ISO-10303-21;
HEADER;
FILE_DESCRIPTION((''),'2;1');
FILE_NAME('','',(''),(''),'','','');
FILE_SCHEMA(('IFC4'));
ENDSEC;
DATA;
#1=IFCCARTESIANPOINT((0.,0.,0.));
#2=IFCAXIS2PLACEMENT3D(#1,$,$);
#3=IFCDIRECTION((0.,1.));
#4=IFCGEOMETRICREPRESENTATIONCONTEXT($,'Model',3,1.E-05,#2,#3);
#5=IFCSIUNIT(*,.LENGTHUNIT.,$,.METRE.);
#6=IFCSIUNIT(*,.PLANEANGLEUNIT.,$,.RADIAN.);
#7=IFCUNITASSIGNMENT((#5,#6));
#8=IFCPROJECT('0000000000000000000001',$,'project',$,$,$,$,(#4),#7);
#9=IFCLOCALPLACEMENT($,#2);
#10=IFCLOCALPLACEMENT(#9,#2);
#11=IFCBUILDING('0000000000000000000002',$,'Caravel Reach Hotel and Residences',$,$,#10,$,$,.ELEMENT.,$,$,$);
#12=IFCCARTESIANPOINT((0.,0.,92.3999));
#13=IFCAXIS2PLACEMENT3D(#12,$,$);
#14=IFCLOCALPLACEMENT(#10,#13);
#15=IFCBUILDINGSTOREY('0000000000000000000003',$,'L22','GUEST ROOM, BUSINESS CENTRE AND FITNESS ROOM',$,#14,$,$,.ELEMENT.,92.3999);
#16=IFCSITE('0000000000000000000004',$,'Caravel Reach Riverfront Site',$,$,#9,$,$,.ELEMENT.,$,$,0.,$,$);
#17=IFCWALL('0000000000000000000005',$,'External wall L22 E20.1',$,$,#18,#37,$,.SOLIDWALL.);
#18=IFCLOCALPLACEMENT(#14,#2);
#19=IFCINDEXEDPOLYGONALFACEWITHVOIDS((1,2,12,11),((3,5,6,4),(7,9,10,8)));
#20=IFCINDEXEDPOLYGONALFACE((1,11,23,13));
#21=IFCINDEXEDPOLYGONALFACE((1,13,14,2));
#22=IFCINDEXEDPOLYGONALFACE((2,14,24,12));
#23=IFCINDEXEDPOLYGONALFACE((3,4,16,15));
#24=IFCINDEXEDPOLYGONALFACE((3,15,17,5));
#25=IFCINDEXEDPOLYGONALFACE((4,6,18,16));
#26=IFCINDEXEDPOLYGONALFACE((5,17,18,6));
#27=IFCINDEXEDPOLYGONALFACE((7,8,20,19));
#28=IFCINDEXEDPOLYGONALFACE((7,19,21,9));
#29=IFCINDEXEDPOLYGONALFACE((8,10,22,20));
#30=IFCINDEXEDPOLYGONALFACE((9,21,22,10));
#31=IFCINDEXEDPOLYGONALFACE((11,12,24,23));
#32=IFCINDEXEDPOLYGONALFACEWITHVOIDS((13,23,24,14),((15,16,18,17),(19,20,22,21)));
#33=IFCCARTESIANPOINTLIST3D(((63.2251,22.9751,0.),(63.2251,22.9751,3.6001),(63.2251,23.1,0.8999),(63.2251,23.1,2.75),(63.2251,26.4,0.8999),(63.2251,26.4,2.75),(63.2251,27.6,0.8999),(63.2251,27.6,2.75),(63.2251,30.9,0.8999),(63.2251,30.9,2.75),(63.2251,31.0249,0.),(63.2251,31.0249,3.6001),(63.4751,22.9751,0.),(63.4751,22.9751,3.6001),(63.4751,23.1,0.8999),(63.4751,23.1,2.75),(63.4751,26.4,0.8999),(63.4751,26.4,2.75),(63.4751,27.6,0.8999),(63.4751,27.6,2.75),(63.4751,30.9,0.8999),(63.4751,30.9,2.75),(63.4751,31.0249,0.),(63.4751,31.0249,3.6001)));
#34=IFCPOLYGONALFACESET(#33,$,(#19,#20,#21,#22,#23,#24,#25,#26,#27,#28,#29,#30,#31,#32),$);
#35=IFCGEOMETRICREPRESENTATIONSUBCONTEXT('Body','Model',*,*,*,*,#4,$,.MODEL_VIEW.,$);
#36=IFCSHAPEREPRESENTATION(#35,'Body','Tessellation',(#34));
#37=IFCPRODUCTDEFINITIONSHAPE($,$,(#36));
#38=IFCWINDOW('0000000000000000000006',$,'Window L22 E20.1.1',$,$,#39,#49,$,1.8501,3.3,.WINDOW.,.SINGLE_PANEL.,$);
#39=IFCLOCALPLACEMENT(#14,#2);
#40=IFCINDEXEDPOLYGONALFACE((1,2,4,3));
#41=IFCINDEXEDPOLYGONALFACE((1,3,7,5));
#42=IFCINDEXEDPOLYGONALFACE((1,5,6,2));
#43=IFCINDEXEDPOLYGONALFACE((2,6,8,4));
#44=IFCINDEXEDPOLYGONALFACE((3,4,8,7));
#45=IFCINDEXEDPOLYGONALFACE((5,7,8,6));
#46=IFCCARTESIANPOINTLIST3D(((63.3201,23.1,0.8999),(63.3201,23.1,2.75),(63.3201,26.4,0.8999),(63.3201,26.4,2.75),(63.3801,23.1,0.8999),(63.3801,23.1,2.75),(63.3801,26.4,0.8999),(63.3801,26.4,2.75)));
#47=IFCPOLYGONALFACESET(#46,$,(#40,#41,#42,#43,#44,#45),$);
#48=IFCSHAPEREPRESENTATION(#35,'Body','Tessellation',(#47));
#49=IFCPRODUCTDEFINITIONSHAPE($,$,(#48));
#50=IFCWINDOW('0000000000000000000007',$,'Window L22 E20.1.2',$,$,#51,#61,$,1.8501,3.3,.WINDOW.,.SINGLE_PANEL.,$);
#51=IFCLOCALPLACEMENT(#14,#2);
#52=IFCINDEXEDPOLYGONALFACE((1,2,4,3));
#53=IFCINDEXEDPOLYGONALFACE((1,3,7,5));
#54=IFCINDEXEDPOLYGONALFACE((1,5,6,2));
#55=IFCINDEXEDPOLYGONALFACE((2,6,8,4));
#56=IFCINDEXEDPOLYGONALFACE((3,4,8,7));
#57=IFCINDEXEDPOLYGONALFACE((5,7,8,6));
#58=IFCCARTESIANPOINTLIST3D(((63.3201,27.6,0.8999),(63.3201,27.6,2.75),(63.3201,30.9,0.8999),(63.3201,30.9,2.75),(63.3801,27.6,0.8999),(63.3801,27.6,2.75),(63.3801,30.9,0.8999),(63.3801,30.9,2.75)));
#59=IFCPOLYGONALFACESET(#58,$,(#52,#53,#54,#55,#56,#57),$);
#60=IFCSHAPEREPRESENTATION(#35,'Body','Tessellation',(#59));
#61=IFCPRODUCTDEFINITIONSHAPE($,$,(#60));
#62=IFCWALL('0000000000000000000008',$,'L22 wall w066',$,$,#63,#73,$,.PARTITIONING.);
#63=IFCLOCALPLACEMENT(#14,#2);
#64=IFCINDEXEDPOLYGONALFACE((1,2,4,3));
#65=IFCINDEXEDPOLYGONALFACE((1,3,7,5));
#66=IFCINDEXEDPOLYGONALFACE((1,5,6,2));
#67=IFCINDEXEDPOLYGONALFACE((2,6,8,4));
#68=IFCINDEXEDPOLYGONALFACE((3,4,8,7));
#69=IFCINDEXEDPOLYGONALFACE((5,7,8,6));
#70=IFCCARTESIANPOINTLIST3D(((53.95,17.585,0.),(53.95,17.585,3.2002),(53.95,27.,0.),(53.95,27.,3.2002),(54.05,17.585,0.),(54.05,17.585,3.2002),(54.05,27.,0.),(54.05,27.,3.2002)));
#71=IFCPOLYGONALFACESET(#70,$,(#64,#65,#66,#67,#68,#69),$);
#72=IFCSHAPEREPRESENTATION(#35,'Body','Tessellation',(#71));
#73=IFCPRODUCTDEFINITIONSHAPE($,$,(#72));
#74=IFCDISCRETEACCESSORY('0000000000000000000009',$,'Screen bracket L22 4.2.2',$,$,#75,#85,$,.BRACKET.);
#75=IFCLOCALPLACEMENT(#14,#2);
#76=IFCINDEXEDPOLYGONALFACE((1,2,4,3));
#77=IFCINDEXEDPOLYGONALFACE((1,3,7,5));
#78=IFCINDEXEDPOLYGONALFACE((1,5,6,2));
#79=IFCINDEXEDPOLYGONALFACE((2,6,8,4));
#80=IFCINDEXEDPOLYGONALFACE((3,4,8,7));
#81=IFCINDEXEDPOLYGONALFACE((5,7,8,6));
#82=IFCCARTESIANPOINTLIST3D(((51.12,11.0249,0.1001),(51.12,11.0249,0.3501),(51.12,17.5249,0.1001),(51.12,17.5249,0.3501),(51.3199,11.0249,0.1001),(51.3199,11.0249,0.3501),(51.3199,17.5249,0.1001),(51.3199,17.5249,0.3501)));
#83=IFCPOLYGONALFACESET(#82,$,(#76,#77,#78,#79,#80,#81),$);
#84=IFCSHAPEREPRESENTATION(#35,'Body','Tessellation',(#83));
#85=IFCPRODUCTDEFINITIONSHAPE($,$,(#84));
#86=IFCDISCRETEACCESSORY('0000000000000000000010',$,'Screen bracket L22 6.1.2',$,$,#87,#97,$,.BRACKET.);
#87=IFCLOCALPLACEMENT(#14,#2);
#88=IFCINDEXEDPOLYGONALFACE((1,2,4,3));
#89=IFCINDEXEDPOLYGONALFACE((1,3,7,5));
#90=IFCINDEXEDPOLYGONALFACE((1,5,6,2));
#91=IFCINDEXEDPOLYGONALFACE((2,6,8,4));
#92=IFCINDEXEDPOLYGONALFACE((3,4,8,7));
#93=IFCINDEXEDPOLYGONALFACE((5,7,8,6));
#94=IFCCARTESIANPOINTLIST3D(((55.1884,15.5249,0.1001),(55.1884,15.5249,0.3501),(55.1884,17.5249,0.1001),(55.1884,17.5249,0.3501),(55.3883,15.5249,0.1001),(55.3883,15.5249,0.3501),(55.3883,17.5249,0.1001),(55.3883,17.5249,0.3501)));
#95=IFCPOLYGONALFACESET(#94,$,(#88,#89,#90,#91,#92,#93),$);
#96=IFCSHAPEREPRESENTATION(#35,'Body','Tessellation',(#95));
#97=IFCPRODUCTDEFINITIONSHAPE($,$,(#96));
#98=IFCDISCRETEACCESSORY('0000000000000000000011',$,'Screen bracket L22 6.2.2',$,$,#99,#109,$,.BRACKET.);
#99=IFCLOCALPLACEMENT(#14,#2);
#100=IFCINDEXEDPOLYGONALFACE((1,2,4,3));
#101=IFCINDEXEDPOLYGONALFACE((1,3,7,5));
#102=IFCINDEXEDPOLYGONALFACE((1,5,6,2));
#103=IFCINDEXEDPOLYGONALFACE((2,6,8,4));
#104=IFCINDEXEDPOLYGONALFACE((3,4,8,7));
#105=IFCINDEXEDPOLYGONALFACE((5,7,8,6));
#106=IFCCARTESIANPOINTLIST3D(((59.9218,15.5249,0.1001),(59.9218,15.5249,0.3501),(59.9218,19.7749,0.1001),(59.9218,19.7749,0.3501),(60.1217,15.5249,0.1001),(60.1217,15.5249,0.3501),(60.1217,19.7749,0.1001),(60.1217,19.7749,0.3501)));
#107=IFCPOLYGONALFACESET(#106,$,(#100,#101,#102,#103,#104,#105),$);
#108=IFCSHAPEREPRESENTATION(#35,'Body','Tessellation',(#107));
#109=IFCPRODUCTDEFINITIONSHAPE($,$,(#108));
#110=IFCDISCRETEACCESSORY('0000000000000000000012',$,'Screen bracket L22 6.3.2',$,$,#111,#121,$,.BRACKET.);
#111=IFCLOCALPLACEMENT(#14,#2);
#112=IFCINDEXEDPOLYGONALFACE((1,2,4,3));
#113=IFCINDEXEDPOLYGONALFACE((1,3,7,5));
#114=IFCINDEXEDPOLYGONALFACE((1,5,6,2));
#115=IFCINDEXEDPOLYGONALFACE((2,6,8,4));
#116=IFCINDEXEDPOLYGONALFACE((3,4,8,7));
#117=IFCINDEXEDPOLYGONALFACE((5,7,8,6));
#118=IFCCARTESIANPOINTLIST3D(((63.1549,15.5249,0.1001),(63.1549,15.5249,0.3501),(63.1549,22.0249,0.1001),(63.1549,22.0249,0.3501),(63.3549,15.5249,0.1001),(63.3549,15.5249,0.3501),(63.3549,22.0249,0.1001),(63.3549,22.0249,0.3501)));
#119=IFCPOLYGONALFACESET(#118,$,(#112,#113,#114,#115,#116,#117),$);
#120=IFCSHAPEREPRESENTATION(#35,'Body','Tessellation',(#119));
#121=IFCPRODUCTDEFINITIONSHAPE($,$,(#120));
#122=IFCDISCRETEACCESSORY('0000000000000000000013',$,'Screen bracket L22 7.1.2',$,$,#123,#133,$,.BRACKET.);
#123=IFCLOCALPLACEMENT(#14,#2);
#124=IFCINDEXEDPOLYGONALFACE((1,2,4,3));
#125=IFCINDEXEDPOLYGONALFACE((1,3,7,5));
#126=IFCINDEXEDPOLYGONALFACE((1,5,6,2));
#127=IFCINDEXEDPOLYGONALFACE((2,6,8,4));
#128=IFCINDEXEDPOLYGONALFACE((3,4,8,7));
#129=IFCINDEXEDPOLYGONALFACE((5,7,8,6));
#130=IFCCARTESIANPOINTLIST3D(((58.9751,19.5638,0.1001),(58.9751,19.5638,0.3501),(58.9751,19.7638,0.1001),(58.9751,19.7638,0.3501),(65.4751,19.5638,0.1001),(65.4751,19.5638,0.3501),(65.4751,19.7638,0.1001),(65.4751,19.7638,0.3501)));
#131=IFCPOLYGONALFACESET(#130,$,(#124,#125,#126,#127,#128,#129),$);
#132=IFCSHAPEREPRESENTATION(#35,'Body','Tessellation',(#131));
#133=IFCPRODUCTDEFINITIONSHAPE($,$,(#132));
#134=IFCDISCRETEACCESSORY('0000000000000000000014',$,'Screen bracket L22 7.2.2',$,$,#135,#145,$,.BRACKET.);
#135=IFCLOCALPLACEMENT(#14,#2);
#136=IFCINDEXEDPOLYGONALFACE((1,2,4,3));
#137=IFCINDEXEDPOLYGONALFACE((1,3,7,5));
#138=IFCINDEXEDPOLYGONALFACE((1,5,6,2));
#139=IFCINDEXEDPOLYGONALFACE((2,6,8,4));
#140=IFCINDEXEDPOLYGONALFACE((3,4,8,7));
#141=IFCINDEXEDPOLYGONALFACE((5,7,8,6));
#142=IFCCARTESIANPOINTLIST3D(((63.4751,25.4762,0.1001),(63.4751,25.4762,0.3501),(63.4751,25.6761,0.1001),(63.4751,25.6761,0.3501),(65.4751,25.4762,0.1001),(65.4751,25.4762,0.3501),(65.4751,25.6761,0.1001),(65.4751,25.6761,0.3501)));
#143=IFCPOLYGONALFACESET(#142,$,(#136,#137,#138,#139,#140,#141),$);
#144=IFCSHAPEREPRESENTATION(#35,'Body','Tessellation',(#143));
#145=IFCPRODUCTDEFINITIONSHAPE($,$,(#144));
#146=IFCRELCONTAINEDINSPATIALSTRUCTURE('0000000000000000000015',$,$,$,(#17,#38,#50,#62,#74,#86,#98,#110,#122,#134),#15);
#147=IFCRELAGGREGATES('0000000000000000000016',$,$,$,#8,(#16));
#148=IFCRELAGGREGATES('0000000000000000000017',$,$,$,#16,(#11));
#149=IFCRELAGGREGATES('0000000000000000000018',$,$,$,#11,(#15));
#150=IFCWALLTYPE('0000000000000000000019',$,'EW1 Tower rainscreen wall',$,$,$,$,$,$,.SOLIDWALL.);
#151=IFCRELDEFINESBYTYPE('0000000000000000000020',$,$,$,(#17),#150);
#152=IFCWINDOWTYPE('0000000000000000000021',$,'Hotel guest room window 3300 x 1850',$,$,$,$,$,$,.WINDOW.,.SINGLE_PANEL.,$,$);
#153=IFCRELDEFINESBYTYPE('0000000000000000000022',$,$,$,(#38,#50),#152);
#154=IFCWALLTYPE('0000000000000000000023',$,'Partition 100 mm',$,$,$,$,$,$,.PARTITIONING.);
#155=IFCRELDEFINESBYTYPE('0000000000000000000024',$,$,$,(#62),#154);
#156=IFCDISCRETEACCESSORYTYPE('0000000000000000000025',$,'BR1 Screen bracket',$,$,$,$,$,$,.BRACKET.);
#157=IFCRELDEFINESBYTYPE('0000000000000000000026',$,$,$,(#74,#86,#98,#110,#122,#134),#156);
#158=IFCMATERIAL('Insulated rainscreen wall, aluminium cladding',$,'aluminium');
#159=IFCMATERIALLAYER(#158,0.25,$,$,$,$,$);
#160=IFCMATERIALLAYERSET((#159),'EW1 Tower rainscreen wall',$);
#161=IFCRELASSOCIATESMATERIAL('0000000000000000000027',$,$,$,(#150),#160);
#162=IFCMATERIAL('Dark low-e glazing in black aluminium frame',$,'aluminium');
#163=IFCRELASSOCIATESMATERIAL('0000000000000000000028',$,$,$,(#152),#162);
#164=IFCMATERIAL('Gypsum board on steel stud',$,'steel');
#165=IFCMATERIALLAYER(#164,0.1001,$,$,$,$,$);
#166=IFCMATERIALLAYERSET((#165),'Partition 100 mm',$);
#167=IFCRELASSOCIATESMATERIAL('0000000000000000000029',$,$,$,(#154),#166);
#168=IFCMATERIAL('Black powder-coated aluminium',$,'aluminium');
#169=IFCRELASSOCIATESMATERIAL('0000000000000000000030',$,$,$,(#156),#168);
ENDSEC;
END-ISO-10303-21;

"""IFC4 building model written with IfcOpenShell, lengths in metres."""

from ifc_helpers import new_model, si_unit, direction, frame, frame_2d, origin, origin_2d, place, context, subcontext, project, spatial, rectangle, extrude, material, layer, layer_set, type_object, element, fill, save


model = new_model("IFC4")

# Units and contexts
model_context = context("Model", 3, precision=1e-05, world=origin(), true_north=direction((0.0, 1.0)))
body_context = subcontext(model_context, "Body", "Model", "MODEL_VIEW")
ifc_project = project(units=[si_unit("LENGTHUNIT", "METRE"), si_unit("PLANEANGLEUNIT", "RADIAN")], contexts=[model_context])

# Site, building, storey
site_placement = place(None, origin())
site = spatial("IfcSite", under=ifc_project, at=site_placement, Name="Caravel Reach Riverfront Site", CompositionType="ELEMENT", RefElevation=0.0)
building_placement = place(site_placement, origin())
building = spatial("IfcBuilding", under=site, at=building_placement, Name="Caravel Reach Hotel and Residences", CompositionType="ELEMENT")
storey_placement = place(building_placement, frame((0.0, 0.0, 92.3999)))
storey = spatial("IfcBuildingStorey", under=building, at=storey_placement, Name="L22", Description="GUEST ROOM, BUSINESS CENTRE AND FITNESS ROOM", CompositionType="ELEMENT", Elevation=92.3999)

# Shared definitions
ifc_material_1 = material(Name="Insulated rainscreen wall, aluminium cladding", Category="aluminium")
ifc_layer_1 = layer(ifc_material_1, 0.25)
ifc_layer_set_1 = layer_set([ifc_layer_1], Name="EW1 Tower rainscreen wall")
wall_type_1 = type_object("IfcWallType", Name="EW1 Tower rainscreen wall", PredefinedType="SOLIDWALL", material=ifc_layer_set_1)

# Wall, openings, windows
wall_1_placement = place(storey_placement, frame((63.3501, 22.9751, 0.0), z_axis=(0.0, 0.0, 1.0), x_axis=(0.0, 1.0, 0.0)))
wall_1 = element("IfcWall", 1, at=wall_1_placement, inside=storey, type_object=wall_type_1, Name="External wall L22 E20.1", PredefinedType="SOLIDWALL", context=body_context, shape_type="SweptSolid", body=[
    extrude(rectangle(XDim=8.0498, YDim=0.25, at=frame_2d((4.0249, 0.0))), origin(), (0.0, 0.0, 1.0), 3.6001),
])
opening_1_placement = place(wall_1_placement, frame((0.125, 0.0, 0.8999)))
opening_1 = element("IfcOpeningElement", 2, at=opening_1_placement, cuts=wall_1, PredefinedType="OPENING", context=body_context, shape_type="SweptSolid", body=[
    extrude(rectangle(XDim=3.3, YDim=1.8501, at=frame_2d((1.6499, 0.925))), frame((0.0, 0.135, 0.0), z_axis=(0.0, -1.0, 0.0), x_axis=(1.0, 0.0, 0.0)), (0.0, 0.0, 1.0), 0.27),
])
opening_2_placement = place(wall_1_placement, frame((4.625, 0.0, 0.8999)))
opening_2 = element("IfcOpeningElement", 3, at=opening_2_placement, cuts=wall_1, PredefinedType="OPENING", context=body_context, shape_type="SweptSolid", body=[
    extrude(rectangle(XDim=3.3, YDim=1.8501, at=frame_2d((1.6499, 0.925))), frame((0.0, 0.135, 0.0), z_axis=(0.0, -1.0, 0.0), x_axis=(1.0, 0.0, 0.0)), (0.0, 0.0, 1.0), 0.27),
])
ifc_material_2 = material(Name="Dark low-e glazing in black aluminium frame", Category="aluminium")
window_type_1 = type_object("IfcWindowType", Name="Hotel guest room window 3300 x 1850", PartitioningType="SINGLE_PANEL", PredefinedType="WINDOW", material=ifc_material_2)
window_1_placement = place(opening_1_placement, origin())
window_1 = element("IfcWindow", 4, at=window_1_placement, inside=storey, type_object=window_type_1, Name="Window L22 E20.1.1", OverallHeight=1.8501, OverallWidth=3.3, PartitioningType="SINGLE_PANEL", PredefinedType="WINDOW", context=body_context, shape_type="SweptSolid", body=[
    extrude(rectangle(XDim=3.3, YDim=1.8501, at=frame_2d((1.6499, 0.925))), frame((0.0, 0.03, 0.0), z_axis=(0.0, -1.0, 0.0), x_axis=(1.0, 0.0, 0.0)), (0.0, 0.0, 1.0), 0.0601),
])
fill(opening_1, window_1)
window_2_placement = place(opening_2_placement, origin())
window_2 = element("IfcWindow", 5, at=window_2_placement, inside=storey, type_object=window_type_1, Name="Window L22 E20.1.2", OverallHeight=1.8501, OverallWidth=3.3, PartitioningType="SINGLE_PANEL", PredefinedType="WINDOW", context=body_context, shape_type="SweptSolid", body=[
    extrude(rectangle(XDim=3.3, YDim=1.8501, at=frame_2d((1.6499, 0.925))), frame((0.0, 0.03, 0.0), z_axis=(0.0, -1.0, 0.0), x_axis=(1.0, 0.0, 0.0)), (0.0, 0.0, 1.0), 0.0601),
])
fill(opening_2, window_2)

# Wall
ifc_material_3 = material(Name="Gypsum board on steel stud", Category="steel")
ifc_layer_2 = layer(ifc_material_3, 0.1001)
ifc_layer_set_2 = layer_set([ifc_layer_2], Name="Partition 100 mm")
wall_type_2 = type_object("IfcWallType", Name="Partition 100 mm", PredefinedType="PARTITIONING", material=ifc_layer_set_2)
wall_2_placement = place(storey_placement, frame((54.0, 17.585, 0.0), z_axis=(0.0, 0.0, 1.0), x_axis=(0.0, 1.0, 0.0)))
element("IfcWall", 6, at=wall_2_placement, inside=storey, type_object=wall_type_2, Name="L22 wall w066", PredefinedType="PARTITIONING", context=body_context, shape_type="SweptSolid", body=[
    extrude(rectangle(XDim=9.415, YDim=0.1001, at=frame_2d((4.7075, 0.0))), origin(), (0.0, 0.0, 1.0), 3.2002),
])

# Discrete accessories
ifc_material_4 = material(Name="Black powder-coated aluminium", Category="aluminium")
discrete_accessory_type = type_object("IfcDiscreteAccessoryType", Name="BR1 Screen bracket", PredefinedType="BRACKET", material=ifc_material_4)
discrete_accessory_1_placement = place(storey_placement, frame((51.22, 14.2749, 0.1001), z_axis=(0.0, 0.0, 1.0), x_axis=(0.0, -1.0, 0.0)))
element("IfcDiscreteAccessory", 7, at=discrete_accessory_1_placement, inside=storey, type_object=discrete_accessory_type, Name="Screen bracket L22 4.2.2", PredefinedType="BRACKET", context=body_context, shape_type="SweptSolid", body=[
    extrude(rectangle(XDim=6.5, YDim=0.2, at=origin_2d()), origin(), (0.0, 0.0, 1.0), 0.25),
])
discrete_accessory_2_placement = place(storey_placement, frame((55.2883, 16.5249, 0.1001), z_axis=(0.0, 0.0, 1.0), x_axis=(0.0, -1.0, 0.0)))
element("IfcDiscreteAccessory", 8, at=discrete_accessory_2_placement, inside=storey, type_object=discrete_accessory_type, Name="Screen bracket L22 6.1.2", PredefinedType="BRACKET", context=body_context, shape_type="SweptSolid", body=[
    extrude(rectangle(XDim=2.0, YDim=0.2, at=origin_2d()), origin(), (0.0, 0.0, 1.0), 0.25),
])
discrete_accessory_3_placement = place(storey_placement, frame((60.0217, 17.6499, 0.1001), z_axis=(0.0, 0.0, 1.0), x_axis=(0.0, -1.0, 0.0)))
element("IfcDiscreteAccessory", 9, at=discrete_accessory_3_placement, inside=storey, type_object=discrete_accessory_type, Name="Screen bracket L22 6.2.2", PredefinedType="BRACKET", context=body_context, shape_type="SweptSolid", body=[
    extrude(rectangle(XDim=4.25, YDim=0.2, at=origin_2d()), origin(), (0.0, 0.0, 1.0), 0.25),
])
for number, where, z_axis, x_axis, name in (
    (10, (63.2549, 18.7749, 0.1001), (0.0, 0.0, 1.0), (0.0, -1.0, 0.0), "Screen bracket L22 6.3.2"),
    (11, (62.2251, 19.6638, 0.1001), (0.0, 0.0, 1.0), (1.0, 0.0, 0.0), "Screen bracket L22 7.1.2"),
):
    element("IfcDiscreteAccessory", number, at=place(storey_placement, frame(where, z_axis=z_axis, x_axis=x_axis)), inside=storey, type_object=discrete_accessory_type, Name=name, PredefinedType="BRACKET", context=body_context, shape_type="SweptSolid", body=[
        extrude(rectangle(XDim=6.5, YDim=0.2, at=origin_2d()), origin(), (0.0, 0.0, 1.0), 0.25),
    ])
discrete_accessory_4_placement = place(storey_placement, frame((64.4751, 25.5762, 0.1001), z_axis=(0.0, 0.0, 1.0), x_axis=(1.0, 0.0, 0.0)))
element("IfcDiscreteAccessory", 12, at=discrete_accessory_4_placement, inside=storey, type_object=discrete_accessory_type, Name="Screen bracket L22 7.2.2", PredefinedType="BRACKET", context=body_context, shape_type="SweptSolid", body=[
    extrude(rectangle(XDim=2.0, YDim=0.2, at=origin_2d()), origin(), (0.0, 0.0, 1.0), 0.25),
])

save(model, "model.ifc")
